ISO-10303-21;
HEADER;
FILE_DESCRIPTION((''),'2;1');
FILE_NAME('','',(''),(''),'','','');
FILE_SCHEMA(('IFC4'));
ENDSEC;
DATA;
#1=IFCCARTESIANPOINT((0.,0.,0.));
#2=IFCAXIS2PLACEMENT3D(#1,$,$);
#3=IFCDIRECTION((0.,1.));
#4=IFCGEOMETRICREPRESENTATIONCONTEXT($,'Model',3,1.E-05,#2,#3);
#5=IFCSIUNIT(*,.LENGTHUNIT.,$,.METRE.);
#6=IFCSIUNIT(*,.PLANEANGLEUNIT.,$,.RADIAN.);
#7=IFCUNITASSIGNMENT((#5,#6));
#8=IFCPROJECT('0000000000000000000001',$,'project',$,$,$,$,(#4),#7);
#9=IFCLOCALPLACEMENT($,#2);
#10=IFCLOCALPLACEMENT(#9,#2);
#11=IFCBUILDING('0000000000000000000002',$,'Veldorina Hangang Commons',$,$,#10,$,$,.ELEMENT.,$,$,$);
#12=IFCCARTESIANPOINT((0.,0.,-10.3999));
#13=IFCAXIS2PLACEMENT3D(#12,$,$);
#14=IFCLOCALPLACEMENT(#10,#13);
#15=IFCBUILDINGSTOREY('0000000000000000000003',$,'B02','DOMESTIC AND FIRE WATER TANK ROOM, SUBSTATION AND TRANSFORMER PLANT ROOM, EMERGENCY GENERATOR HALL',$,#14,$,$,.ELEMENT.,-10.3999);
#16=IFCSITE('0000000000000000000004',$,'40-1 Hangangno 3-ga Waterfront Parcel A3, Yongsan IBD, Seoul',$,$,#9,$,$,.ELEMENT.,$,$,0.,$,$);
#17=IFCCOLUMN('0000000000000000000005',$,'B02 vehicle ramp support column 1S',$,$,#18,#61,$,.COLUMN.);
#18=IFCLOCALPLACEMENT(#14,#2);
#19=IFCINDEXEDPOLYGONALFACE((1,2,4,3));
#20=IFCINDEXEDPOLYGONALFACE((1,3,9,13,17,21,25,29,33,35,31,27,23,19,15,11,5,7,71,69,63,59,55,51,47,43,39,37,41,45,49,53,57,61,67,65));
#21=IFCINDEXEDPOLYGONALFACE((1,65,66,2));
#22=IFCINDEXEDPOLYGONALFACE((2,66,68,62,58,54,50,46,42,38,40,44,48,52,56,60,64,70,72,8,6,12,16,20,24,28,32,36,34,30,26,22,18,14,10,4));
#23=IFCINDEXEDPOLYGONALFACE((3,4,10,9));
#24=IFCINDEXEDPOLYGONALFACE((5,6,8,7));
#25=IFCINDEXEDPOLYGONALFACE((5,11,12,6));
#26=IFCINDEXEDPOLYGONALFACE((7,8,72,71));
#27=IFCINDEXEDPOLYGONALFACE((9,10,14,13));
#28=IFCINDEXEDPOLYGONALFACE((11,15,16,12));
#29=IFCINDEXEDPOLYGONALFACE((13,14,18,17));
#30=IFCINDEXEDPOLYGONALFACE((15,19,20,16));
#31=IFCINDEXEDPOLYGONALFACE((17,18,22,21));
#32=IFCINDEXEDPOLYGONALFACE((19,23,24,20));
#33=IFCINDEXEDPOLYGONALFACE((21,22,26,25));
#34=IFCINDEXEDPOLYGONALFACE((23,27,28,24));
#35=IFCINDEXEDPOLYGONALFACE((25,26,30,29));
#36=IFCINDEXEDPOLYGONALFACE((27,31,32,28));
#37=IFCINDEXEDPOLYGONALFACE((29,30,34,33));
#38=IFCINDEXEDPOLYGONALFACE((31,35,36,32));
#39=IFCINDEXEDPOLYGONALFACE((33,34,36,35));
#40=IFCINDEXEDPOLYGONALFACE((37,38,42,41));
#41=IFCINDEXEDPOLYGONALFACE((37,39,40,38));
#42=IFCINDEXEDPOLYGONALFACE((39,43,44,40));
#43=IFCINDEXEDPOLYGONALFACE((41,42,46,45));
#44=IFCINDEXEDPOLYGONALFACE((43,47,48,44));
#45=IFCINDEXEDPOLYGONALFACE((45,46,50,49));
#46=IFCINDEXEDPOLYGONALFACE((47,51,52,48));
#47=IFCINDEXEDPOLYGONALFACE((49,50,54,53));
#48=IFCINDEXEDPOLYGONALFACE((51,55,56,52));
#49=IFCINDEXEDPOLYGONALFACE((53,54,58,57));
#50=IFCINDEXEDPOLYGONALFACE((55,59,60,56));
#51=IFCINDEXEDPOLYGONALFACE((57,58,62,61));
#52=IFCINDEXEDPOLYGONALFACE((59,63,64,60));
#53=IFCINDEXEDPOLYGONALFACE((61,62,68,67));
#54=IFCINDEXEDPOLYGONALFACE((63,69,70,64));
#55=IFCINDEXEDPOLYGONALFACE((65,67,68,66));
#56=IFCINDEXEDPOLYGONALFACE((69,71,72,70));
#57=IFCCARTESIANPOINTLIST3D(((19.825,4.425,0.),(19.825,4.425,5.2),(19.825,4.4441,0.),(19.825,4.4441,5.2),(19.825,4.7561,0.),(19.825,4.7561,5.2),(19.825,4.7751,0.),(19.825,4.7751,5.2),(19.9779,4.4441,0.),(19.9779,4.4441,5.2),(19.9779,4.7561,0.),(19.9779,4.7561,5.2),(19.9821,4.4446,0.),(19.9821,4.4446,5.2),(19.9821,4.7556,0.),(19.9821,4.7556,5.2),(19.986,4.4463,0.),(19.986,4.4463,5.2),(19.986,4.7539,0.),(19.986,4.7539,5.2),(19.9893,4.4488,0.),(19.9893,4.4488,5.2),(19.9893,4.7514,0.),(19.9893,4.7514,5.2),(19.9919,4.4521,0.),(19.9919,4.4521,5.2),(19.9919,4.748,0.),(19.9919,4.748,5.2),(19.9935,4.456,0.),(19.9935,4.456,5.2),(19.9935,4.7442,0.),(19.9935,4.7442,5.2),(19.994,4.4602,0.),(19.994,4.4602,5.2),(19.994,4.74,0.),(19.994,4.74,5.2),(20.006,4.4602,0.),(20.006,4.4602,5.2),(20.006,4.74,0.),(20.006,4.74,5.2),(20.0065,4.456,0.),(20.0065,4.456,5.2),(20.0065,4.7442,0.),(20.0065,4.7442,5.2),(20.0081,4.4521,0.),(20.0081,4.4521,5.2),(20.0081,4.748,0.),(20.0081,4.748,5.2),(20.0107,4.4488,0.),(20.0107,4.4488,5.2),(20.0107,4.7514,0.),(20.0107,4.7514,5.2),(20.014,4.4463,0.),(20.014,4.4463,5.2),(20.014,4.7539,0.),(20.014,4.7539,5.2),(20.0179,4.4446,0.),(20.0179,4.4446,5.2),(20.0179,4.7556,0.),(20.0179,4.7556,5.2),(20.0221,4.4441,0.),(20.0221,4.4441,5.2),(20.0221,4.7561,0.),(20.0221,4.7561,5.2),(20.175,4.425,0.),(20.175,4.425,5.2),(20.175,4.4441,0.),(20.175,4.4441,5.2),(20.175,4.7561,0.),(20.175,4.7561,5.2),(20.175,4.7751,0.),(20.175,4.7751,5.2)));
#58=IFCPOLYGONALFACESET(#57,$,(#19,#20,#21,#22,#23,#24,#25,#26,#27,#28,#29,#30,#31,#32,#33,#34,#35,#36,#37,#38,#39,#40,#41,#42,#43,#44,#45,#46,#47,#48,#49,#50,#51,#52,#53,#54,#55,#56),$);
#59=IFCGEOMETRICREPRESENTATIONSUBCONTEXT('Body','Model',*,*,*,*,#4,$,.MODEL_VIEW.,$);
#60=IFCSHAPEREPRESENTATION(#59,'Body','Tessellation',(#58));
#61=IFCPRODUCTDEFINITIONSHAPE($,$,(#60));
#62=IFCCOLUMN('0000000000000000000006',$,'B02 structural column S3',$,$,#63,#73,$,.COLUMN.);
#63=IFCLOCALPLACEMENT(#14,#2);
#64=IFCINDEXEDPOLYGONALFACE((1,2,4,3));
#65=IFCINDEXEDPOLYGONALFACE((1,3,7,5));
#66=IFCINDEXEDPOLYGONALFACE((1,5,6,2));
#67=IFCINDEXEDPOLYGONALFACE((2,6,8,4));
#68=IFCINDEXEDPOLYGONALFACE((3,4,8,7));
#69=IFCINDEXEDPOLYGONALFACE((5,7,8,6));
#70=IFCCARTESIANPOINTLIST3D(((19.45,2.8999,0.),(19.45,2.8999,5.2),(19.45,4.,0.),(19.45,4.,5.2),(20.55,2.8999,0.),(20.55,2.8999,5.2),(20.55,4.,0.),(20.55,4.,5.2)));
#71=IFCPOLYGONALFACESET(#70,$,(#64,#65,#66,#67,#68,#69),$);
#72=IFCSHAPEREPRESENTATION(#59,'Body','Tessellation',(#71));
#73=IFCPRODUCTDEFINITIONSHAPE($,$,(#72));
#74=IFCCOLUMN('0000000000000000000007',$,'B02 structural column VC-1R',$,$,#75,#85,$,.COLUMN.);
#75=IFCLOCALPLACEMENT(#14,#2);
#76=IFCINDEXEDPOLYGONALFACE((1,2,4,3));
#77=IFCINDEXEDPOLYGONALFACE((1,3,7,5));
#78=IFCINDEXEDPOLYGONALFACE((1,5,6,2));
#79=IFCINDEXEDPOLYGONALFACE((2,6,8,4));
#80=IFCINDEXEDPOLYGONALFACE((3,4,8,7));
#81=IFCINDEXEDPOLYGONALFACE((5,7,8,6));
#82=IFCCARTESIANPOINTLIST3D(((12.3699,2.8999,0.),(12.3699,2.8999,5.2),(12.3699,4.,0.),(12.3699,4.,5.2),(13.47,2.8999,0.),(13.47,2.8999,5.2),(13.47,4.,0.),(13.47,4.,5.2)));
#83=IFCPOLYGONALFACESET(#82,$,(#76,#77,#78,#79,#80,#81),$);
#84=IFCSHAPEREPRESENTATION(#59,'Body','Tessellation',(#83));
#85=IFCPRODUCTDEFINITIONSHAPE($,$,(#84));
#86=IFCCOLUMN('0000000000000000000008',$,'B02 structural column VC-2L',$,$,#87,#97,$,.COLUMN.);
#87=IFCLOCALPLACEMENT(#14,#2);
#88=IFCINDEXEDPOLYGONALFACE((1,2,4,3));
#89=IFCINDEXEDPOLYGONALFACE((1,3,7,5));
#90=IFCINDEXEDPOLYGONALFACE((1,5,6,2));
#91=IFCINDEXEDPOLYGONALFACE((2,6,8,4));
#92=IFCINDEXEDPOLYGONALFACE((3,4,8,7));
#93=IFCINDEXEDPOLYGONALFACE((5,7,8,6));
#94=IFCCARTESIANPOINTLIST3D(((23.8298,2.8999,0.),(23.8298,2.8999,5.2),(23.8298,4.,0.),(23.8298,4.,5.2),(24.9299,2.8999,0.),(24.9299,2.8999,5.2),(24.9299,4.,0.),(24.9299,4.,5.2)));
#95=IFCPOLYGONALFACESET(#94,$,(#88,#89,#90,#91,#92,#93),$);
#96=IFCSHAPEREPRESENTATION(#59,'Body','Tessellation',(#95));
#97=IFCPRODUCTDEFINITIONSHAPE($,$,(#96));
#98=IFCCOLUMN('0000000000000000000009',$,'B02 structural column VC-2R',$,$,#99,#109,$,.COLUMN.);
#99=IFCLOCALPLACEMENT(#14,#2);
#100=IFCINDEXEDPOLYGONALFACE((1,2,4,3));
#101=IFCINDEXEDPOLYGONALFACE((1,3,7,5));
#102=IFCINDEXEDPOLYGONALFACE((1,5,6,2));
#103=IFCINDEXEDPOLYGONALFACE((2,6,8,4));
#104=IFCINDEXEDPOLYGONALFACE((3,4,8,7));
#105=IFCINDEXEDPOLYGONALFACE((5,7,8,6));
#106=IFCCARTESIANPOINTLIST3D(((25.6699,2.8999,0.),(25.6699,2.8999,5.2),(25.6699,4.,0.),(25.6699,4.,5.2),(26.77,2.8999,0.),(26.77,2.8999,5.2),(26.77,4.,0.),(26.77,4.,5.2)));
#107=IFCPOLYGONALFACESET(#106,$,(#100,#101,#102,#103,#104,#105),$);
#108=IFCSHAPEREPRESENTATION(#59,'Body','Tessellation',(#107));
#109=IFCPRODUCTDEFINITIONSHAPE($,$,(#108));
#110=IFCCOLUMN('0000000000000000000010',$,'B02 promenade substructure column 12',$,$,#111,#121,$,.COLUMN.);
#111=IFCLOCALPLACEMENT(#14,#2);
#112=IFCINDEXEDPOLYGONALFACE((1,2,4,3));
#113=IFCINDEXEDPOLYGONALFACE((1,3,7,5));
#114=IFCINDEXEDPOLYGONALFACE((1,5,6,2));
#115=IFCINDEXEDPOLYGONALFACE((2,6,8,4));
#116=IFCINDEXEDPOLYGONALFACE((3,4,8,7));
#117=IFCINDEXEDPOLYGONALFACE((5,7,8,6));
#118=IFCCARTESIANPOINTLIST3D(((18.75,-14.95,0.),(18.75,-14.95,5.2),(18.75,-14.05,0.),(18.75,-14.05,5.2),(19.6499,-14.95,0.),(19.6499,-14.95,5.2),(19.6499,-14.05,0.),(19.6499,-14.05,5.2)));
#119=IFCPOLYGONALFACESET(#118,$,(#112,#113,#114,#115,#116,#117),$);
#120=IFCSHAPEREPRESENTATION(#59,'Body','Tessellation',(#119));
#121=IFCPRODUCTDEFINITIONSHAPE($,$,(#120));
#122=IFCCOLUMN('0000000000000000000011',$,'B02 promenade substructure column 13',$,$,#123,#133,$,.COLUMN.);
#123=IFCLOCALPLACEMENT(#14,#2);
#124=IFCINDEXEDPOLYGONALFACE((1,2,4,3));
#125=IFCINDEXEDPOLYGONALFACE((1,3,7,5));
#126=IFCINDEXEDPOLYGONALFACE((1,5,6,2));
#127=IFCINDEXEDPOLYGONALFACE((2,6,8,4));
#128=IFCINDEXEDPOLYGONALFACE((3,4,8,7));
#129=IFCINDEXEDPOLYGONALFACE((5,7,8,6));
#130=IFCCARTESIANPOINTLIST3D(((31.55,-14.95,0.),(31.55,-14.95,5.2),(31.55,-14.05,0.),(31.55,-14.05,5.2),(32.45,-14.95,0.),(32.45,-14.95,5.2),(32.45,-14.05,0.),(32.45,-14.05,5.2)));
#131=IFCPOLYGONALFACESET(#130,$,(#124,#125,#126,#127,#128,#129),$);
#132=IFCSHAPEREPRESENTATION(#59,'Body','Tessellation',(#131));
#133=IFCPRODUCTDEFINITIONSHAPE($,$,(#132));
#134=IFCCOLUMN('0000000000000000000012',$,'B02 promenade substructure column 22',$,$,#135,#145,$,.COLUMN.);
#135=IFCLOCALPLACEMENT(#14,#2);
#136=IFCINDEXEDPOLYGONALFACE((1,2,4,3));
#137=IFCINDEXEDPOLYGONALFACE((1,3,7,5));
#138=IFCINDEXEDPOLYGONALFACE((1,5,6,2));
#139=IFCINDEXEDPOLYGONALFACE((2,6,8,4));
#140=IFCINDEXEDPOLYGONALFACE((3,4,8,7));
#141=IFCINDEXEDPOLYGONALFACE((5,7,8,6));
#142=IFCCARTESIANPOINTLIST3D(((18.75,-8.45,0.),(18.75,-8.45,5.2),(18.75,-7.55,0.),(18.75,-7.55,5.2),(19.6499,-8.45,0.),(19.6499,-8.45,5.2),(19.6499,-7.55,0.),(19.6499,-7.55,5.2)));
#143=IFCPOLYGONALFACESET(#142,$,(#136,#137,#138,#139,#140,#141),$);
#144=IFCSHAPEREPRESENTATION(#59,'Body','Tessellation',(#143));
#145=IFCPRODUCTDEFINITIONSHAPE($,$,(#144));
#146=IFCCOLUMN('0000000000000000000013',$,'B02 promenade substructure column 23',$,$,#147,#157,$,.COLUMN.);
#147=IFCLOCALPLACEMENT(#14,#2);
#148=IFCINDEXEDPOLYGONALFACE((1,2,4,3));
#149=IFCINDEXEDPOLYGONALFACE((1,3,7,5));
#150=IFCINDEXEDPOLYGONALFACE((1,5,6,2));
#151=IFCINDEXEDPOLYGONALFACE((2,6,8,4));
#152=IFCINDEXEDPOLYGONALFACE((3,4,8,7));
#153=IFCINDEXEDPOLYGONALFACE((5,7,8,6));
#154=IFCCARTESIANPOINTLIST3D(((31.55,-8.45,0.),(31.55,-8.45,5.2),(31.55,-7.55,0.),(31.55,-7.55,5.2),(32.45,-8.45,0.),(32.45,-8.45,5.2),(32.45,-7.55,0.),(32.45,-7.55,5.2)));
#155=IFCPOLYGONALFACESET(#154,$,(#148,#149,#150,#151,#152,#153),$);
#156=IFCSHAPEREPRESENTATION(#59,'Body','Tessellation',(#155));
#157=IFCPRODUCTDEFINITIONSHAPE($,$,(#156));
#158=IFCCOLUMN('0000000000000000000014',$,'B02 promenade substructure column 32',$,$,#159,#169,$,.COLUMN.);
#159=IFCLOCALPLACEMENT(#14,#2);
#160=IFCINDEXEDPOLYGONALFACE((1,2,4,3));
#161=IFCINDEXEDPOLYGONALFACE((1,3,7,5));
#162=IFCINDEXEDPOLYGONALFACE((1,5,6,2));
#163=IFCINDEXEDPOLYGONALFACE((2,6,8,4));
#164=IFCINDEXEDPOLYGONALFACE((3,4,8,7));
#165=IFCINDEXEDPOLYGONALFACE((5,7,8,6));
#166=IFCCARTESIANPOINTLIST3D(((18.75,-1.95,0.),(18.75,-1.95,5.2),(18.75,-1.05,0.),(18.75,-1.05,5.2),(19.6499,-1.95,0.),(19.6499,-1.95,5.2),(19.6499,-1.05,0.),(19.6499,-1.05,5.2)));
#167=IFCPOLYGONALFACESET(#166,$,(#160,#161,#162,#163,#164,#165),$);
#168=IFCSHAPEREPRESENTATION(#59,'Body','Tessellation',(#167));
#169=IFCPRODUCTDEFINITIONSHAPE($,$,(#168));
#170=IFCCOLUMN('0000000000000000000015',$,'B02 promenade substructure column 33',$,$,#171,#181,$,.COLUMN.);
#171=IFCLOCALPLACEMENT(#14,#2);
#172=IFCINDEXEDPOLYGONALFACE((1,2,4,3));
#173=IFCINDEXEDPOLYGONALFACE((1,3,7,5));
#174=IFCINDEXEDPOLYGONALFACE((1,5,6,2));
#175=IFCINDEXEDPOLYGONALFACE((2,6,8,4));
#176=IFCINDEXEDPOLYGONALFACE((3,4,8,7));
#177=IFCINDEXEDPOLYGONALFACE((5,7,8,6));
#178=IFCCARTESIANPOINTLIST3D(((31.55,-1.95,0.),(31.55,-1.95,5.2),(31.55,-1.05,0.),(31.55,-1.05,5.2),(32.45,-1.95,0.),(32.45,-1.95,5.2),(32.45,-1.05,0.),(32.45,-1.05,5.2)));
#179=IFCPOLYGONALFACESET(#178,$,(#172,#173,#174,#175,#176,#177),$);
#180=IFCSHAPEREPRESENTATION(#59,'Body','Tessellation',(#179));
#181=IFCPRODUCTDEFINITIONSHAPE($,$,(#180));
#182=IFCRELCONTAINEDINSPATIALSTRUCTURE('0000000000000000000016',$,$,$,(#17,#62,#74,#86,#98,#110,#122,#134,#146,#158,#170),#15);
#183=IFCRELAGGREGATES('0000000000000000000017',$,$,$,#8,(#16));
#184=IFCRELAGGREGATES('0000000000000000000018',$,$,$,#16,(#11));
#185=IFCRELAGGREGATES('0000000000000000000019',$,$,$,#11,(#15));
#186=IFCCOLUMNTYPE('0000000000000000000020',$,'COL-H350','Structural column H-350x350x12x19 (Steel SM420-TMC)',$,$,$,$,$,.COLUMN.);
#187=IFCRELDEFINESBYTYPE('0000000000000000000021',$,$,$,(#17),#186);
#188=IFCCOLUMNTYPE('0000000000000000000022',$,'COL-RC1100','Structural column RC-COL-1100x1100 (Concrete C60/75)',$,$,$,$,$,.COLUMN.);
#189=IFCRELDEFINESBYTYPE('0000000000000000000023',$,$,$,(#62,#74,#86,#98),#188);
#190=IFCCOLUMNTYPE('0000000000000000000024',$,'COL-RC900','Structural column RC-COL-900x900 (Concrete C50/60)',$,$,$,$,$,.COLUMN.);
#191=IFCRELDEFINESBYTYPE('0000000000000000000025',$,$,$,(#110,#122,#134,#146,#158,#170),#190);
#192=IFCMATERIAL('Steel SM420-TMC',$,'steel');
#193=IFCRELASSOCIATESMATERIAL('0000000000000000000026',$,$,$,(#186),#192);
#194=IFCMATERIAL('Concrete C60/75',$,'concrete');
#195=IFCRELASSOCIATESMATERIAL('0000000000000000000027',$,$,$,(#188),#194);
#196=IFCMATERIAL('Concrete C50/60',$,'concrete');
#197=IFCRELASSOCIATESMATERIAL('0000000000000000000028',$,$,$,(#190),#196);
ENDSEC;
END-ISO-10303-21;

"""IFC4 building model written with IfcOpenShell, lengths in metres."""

from ifc_helpers import new_model, si_unit, direction, frame, origin, origin_2d, place, context, subcontext, project, spatial, rectangle, i_section, extrude, material, material_profile, profile_set, type_object, element, save


model = new_model("IFC4")

# Units and contexts
model_context = context("Model", 3, precision=1e-05, world=origin(), true_north=direction((0.0, 1.0)))
body_context = subcontext(model_context, "Body", "Model", "MODEL_VIEW")
ifc_project = project(units=[si_unit("LENGTHUNIT", "METRE"), si_unit("PLANEANGLEUNIT", "RADIAN")], contexts=[model_context])

# Site, building, storey
site_placement = place(None, origin())
site = spatial("IfcSite", under=ifc_project, at=site_placement, Name="40-1 Hangangno 3-ga Waterfront Parcel A3, Yongsan IBD, Seoul", CompositionType="ELEMENT", RefElevation=0.0)
building_placement = place(site_placement, origin())
building = spatial("IfcBuilding", under=site, at=building_placement, Name="Veldorina Hangang Commons", CompositionType="ELEMENT")
storey_placement = place(building_placement, frame((0.0, 0.0, -10.3999)))
storey = spatial("IfcBuildingStorey", under=building, at=storey_placement, Name="B02", Description="DOMESTIC AND FIRE WATER TANK ROOM, SUBSTATION AND TRANSFORMER PLANT ROOM, EMERGENCY GENERATOR HALL", CompositionType="ELEMENT", Elevation=-10.3999)

# Columns
ifc_material_1 = material(Name="Steel SM420-TMC", Category="steel")
ifc_material_profile_1 = material_profile(ifc_material_1, i_section(OverallWidth=0.3501, OverallDepth=0.3501, WebThickness=0.012, FlangeThickness=0.019, FilletRadius=0.0161, at=origin_2d()), Name="H-350x350x12x19")
ifc_profile_set_1 = profile_set([ifc_material_profile_1], Name="Steel SM420-TMC")
column_type_1 = type_object("IfcColumnType", Name="COL-H350", Description="Structural column H-350x350x12x19 (Steel SM420-TMC)", PredefinedType="COLUMN", material=ifc_profile_set_1)
column_placement = place(storey_placement, frame((20.0, 4.6001, 0.0), z_axis=(0.0, 0.0, 1.0), x_axis=(1.0, 0.0, 0.0)))
element("IfcColumn", 1, at=column_placement, inside=storey, type_object=column_type_1, Name="B02 vehicle ramp support column 1S", PredefinedType="COLUMN", context=body_context, shape_type="SweptSolid", body=[
    extrude(i_section(OverallWidth=0.3501, OverallDepth=0.3501, WebThickness=0.012, FlangeThickness=0.019, FilletRadius=0.0161, at=origin_2d()), origin(), (0.0, 0.0, 1.0), 5.2),
])
ifc_material_2 = material(Name="Concrete C60/75", Category="concrete")
ifc_material_profile_2 = material_profile(ifc_material_2, rectangle(XDim=1.1001, YDim=1.1001, at=origin_2d()), Name="RC-COL-1100x1100")
ifc_profile_set_2 = profile_set([ifc_material_profile_2], Name="Concrete C60/75")
column_type_2 = type_object("IfcColumnType", Name="COL-RC1100", Description="Structural column RC-COL-1100x1100 (Concrete C60/75)", PredefinedType="COLUMN", material=ifc_profile_set_2)
for number, where, z_axis, x_axis, name in (
    (2, (20.0, 3.45, 0.0), (0.0, 0.0, 1.0), (1.0, 0.0, 0.0), "B02 structural column S3"),
    (3, (12.9199, 3.45, 0.0), (0.0, 0.0, 1.0), (1.0, 0.0, 0.0), "B02 structural column VC-1R"),
    (4, (24.3799, 3.45, 0.0), (0.0, 0.0, 1.0), (1.0, 0.0, 0.0), "B02 structural column VC-2L"),
    (5, (26.22, 3.45, 0.0), (0.0, 0.0, 1.0), (1.0, 0.0, 0.0), "B02 structural column VC-2R"),
):
    element("IfcColumn", number, at=place(storey_placement, frame(where, z_axis=z_axis, x_axis=x_axis)), inside=storey, type_object=column_type_2, Name=name, PredefinedType="COLUMN", context=body_context, shape_type="SweptSolid", body=[
        extrude(rectangle(XDim=1.1001, YDim=1.1001, at=origin_2d()), origin(), (0.0, 0.0, 1.0), 5.2),
    ])
ifc_material_3 = material(Name="Concrete C50/60", Category="concrete")
ifc_material_profile_3 = material_profile(ifc_material_3, rectangle(XDim=0.8999, YDim=0.8999, at=origin_2d()), Name="RC-COL-900x900")
ifc_profile_set_3 = profile_set([ifc_material_profile_3], Name="Concrete C50/60")
column_type_3 = type_object("IfcColumnType", Name="COL-RC900", Description="Structural column RC-COL-900x900 (Concrete C50/60)", PredefinedType="COLUMN", material=ifc_profile_set_3)
for number, where, z_axis, x_axis, name in (
    (6, (19.2, -14.5, 0.0), (0.0, 0.0, 1.0), (1.0, 0.0, 0.0), "B02 promenade substructure column 12"),
    (7, (32.0, -14.5, 0.0), (0.0, 0.0, 1.0), (1.0, 0.0, 0.0), "B02 promenade substructure column 13"),
    (8, (19.2, -8.0, 0.0), (0.0, 0.0, 1.0), (1.0, 0.0, 0.0), "B02 promenade substructure column 22"),
    (9, (32.0, -8.0, 0.0), (0.0, 0.0, 1.0), (1.0, 0.0, 0.0), "B02 promenade substructure column 23"),
    (10, (19.2, -1.5, 0.0), (0.0, 0.0, 1.0), (1.0, 0.0, 0.0), "B02 promenade substructure column 32"),
    (11, (32.0, -1.5, 0.0), (0.0, 0.0, 1.0), (1.0, 0.0, 0.0), "B02 promenade substructure column 33"),
):
    element("IfcColumn", number, at=place(storey_placement, frame(where, z_axis=z_axis, x_axis=x_axis)), inside=storey, type_object=column_type_3, Name=name, PredefinedType="COLUMN", context=body_context, shape_type="SweptSolid", body=[
        extrude(rectangle(XDim=0.8999, YDim=0.8999, at=origin_2d()), origin(), (0.0, 0.0, 1.0), 5.2),
    ])

save(model, "model.ifc")
